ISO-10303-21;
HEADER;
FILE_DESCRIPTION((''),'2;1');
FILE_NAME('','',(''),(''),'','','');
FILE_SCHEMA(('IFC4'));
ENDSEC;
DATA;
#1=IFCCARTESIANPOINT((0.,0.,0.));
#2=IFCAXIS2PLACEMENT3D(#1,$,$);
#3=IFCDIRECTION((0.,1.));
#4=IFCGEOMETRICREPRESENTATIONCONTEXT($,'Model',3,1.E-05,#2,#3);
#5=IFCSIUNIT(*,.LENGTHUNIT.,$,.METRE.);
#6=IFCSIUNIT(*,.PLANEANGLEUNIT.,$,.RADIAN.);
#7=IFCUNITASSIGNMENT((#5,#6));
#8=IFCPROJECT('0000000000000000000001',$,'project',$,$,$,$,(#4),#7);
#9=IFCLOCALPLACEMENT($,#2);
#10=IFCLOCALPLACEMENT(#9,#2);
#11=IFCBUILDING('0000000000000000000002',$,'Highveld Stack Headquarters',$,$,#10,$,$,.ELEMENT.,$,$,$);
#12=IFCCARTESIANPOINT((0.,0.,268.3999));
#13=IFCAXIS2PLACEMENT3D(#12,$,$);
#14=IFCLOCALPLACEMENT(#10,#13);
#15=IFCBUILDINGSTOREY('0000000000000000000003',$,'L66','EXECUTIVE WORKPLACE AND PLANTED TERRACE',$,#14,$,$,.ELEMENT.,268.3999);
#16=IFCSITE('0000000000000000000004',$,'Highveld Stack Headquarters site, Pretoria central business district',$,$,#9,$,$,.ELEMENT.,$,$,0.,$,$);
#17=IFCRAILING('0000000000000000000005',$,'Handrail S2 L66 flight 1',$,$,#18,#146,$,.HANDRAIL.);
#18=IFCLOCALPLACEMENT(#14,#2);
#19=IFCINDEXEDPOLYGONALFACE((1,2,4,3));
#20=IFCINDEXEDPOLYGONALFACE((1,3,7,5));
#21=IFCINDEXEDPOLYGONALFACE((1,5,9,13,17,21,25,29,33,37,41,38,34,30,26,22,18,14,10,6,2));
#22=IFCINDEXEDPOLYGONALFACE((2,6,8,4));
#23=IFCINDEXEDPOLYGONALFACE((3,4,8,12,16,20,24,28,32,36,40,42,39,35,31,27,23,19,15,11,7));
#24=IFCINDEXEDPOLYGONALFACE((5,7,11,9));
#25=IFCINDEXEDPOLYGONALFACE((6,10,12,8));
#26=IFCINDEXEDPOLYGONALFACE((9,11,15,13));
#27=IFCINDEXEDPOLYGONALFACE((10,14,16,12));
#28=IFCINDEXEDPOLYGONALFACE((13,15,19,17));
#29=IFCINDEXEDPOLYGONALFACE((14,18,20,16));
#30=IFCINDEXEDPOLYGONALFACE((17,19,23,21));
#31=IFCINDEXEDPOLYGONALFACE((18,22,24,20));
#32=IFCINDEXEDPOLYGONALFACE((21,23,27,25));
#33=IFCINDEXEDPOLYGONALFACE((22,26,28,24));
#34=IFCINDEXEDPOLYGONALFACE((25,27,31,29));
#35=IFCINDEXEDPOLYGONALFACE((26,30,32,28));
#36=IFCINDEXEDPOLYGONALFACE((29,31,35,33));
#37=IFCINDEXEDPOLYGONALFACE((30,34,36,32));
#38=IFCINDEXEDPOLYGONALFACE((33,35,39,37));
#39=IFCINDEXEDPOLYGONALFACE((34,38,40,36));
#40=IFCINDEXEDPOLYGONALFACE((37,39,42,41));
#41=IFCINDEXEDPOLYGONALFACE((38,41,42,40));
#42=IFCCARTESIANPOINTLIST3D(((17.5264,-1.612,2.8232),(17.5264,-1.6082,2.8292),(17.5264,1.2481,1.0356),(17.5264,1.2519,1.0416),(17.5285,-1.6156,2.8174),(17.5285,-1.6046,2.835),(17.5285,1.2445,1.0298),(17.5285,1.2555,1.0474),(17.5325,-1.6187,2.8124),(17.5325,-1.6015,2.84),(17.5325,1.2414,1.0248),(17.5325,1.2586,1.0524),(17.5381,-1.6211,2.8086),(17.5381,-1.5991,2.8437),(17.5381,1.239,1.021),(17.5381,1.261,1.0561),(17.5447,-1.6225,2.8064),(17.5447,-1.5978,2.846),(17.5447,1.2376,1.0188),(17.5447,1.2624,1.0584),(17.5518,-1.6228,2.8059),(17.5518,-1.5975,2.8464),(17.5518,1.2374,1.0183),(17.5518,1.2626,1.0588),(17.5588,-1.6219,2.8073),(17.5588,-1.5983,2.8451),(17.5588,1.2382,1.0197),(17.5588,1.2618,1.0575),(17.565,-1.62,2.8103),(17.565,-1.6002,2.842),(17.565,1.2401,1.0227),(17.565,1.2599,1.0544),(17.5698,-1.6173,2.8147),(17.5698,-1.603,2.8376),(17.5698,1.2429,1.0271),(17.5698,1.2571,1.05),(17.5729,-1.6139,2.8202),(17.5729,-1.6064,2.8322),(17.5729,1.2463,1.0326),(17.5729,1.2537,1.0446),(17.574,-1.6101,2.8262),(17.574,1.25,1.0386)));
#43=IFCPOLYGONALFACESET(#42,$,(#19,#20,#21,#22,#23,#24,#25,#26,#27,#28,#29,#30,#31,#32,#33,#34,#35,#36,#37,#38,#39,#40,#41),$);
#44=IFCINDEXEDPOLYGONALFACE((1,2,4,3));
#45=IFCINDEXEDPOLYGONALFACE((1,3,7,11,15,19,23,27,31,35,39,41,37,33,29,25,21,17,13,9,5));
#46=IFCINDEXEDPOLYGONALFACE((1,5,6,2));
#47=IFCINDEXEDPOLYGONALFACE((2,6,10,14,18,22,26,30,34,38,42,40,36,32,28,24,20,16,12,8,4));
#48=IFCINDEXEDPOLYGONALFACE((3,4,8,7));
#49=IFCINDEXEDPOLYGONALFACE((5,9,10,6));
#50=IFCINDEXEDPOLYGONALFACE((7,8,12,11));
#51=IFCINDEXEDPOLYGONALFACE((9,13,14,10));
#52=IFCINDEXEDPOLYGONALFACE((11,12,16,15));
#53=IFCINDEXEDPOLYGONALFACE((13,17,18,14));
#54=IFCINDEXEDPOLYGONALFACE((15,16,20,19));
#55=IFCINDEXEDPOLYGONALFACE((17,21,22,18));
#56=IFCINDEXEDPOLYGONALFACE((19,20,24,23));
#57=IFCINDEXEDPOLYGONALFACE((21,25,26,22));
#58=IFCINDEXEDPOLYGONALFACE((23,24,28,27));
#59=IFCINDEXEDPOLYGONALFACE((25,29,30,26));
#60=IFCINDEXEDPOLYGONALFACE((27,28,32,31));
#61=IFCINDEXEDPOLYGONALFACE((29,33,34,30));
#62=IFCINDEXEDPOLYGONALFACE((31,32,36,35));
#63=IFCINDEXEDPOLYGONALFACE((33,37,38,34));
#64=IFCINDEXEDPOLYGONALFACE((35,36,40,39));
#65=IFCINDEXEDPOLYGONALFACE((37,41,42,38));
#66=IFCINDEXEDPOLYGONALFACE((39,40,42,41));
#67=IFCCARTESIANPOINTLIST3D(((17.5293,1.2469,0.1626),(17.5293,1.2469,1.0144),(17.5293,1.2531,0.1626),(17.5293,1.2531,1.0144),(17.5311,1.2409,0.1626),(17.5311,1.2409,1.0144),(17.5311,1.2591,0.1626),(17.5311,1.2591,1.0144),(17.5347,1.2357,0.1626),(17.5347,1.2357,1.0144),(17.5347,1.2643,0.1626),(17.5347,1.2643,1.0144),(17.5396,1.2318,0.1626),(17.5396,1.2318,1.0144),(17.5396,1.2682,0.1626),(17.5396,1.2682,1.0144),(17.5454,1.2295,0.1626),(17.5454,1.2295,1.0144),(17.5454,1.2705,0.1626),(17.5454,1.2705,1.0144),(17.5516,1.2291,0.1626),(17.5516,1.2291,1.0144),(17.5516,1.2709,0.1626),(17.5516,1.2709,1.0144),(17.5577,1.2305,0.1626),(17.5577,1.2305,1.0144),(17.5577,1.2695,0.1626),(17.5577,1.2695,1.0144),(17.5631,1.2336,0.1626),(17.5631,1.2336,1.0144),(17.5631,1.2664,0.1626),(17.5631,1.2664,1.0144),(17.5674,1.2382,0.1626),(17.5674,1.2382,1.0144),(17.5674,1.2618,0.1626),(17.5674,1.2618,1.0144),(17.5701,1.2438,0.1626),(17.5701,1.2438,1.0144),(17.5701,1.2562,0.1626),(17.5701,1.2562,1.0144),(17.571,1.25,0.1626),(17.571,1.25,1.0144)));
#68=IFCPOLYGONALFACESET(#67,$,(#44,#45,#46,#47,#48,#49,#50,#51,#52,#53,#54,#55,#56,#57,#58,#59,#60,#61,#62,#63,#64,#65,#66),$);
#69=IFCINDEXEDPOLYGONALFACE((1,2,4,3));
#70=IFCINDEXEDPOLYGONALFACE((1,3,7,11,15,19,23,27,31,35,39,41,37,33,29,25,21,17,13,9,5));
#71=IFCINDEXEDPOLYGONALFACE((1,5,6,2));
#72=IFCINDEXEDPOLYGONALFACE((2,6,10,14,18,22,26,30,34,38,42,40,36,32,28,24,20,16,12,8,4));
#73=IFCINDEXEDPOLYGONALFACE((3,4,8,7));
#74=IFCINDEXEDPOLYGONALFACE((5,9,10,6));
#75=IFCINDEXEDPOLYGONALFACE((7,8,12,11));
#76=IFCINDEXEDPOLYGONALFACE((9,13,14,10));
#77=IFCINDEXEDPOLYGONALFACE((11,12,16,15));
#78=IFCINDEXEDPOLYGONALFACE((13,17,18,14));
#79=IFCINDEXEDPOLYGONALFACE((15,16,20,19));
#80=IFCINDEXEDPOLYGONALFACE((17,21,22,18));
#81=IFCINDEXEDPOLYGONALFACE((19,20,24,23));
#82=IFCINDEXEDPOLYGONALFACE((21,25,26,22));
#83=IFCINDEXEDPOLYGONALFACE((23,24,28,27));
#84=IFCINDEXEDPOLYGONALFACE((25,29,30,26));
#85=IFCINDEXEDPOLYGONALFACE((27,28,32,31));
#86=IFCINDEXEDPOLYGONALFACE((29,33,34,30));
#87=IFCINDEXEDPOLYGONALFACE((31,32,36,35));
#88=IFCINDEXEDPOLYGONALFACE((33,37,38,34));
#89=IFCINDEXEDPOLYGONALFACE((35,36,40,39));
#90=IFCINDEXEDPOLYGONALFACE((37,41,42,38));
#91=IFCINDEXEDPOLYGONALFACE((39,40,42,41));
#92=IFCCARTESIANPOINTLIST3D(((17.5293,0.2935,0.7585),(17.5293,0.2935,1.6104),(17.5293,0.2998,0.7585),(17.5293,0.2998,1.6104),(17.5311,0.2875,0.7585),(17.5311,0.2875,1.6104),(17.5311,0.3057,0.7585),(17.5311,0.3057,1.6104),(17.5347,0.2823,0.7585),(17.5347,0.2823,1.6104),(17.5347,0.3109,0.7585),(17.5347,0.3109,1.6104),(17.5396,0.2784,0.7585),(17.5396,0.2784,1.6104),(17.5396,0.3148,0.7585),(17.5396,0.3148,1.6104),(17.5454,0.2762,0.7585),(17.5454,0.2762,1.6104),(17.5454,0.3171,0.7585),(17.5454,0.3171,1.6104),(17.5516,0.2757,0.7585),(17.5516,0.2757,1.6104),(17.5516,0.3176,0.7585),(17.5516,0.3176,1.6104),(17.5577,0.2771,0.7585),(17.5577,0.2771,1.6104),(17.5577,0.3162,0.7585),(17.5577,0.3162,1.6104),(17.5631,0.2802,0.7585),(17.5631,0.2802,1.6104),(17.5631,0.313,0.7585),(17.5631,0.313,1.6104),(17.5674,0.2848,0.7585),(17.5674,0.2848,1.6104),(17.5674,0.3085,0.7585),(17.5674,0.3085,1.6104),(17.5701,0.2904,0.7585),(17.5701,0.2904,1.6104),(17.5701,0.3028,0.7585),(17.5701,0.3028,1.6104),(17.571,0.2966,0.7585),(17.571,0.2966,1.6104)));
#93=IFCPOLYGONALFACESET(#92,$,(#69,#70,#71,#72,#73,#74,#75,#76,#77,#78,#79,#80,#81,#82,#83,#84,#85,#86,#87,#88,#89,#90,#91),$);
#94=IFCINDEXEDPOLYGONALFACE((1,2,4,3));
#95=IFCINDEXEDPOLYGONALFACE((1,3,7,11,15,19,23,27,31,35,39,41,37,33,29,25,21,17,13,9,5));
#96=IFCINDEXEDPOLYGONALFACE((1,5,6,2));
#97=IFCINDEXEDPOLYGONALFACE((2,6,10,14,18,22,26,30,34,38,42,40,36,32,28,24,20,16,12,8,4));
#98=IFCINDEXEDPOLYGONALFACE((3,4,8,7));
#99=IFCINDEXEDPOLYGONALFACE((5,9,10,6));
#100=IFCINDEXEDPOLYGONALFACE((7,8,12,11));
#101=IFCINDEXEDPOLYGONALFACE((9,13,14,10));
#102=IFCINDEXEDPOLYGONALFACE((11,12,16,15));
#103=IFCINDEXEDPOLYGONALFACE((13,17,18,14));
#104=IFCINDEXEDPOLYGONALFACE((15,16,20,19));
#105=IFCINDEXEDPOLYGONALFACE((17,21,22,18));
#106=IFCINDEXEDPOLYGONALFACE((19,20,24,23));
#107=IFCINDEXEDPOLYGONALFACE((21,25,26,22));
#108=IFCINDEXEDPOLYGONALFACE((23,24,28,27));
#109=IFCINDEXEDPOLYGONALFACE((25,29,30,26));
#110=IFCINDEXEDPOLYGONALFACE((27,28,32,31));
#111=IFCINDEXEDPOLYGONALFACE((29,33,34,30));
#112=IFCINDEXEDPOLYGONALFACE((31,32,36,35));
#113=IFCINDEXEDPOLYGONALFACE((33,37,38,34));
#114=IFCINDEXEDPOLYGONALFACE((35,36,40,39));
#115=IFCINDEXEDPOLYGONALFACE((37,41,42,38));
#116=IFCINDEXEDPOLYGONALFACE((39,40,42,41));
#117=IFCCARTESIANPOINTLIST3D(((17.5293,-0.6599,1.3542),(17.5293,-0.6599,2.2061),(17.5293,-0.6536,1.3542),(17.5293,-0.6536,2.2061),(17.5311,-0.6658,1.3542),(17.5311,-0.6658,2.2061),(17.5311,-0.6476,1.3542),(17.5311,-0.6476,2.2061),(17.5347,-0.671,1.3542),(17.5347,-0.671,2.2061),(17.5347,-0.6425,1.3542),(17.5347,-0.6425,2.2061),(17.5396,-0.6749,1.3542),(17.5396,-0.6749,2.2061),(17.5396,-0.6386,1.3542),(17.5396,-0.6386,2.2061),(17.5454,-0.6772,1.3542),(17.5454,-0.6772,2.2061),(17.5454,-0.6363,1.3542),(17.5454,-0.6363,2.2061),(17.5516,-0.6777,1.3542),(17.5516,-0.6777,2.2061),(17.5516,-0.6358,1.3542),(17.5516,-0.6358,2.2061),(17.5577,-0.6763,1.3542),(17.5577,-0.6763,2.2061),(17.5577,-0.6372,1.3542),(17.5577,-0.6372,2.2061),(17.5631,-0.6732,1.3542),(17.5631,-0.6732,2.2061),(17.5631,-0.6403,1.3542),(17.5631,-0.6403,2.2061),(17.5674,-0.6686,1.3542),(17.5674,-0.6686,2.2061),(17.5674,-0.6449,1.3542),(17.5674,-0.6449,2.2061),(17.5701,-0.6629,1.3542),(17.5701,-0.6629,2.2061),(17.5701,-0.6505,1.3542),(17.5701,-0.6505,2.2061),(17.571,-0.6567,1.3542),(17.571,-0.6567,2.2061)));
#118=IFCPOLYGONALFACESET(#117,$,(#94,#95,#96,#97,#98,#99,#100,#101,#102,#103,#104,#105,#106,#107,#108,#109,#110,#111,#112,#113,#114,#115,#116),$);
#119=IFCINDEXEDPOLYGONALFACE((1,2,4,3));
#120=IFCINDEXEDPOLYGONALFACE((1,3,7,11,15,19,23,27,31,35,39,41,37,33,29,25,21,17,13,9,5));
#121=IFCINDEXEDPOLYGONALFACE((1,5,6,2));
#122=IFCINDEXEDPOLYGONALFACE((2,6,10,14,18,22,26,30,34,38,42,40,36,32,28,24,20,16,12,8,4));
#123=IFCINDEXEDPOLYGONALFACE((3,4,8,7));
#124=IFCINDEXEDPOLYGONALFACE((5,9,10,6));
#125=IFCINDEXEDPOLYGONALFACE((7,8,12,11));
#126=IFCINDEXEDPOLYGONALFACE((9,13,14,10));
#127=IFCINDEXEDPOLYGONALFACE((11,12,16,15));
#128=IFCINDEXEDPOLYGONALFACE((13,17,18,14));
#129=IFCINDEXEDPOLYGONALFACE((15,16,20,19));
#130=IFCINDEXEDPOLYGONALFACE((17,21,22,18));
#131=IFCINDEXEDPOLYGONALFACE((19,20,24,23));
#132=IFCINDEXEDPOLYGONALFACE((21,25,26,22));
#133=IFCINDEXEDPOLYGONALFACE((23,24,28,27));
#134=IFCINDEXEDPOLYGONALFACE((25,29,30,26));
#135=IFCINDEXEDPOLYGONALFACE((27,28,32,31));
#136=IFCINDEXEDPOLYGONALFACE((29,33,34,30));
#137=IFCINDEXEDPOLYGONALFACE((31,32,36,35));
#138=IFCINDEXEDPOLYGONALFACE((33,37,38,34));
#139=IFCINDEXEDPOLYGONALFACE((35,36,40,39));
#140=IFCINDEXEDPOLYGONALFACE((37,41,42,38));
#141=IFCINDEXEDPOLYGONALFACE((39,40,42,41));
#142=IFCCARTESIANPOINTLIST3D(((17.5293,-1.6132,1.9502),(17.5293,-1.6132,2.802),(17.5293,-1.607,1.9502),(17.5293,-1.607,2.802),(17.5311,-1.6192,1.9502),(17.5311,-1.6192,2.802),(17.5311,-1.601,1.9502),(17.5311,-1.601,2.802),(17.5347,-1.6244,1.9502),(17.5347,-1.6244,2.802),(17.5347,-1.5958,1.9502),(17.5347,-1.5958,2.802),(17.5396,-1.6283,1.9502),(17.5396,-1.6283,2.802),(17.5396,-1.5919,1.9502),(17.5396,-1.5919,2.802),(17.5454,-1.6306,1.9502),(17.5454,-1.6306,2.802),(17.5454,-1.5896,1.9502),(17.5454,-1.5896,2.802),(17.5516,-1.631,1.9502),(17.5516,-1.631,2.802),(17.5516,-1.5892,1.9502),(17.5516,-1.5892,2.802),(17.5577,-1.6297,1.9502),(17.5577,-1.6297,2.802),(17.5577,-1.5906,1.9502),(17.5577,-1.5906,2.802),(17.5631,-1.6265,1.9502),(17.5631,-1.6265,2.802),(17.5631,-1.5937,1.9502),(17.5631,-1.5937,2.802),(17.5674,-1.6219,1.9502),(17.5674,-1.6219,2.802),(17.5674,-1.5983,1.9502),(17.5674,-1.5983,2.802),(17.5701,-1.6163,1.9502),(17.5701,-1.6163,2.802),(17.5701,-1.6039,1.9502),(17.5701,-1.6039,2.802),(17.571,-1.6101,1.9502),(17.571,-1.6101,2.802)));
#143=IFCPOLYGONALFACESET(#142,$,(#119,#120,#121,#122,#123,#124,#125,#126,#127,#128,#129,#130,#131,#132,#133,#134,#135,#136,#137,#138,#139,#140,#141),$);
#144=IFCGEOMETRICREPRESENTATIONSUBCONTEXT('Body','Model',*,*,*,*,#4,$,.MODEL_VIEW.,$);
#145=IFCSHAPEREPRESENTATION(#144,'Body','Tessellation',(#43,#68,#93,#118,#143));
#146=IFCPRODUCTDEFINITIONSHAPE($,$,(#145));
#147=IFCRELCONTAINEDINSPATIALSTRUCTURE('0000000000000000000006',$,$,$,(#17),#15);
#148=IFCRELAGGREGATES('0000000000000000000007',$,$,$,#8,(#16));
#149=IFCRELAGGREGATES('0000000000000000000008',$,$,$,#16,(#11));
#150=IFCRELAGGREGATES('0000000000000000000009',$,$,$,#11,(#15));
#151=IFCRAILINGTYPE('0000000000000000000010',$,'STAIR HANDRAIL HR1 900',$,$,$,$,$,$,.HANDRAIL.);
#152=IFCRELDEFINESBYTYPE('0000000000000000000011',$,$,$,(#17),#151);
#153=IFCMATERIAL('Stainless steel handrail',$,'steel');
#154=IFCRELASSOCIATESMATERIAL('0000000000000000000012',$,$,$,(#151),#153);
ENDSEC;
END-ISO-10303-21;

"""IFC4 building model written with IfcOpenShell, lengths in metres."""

from ifc_helpers import new_model, si_unit, direction, frame, origin, origin_2d, place, context, subcontext, project, spatial, circle, extrude, material, type_object, element, save


model = new_model("IFC4")

# Units and contexts
model_context = context("Model", 3, precision=1e-05, world=origin(), true_north=direction((0.0, 1.0)))
body_context = subcontext(model_context, "Body", "Model", "MODEL_VIEW")
ifc_project = project(units=[si_unit("LENGTHUNIT", "METRE"), si_unit("PLANEANGLEUNIT", "RADIAN")], contexts=[model_context])

# Site, building, storey
site_placement = place(None, origin())
site = spatial("IfcSite", under=ifc_project, at=site_placement, Name="Highveld Stack Headquarters site, Pretoria central business district", CompositionType="ELEMENT", RefElevation=0.0)
building_placement = place(site_placement, origin())
building = spatial("IfcBuilding", under=site, at=building_placement, Name="Highveld Stack Headquarters", CompositionType="ELEMENT")
storey_placement = place(building_placement, frame((0.0, 0.0, 268.3999)))
storey = spatial("IfcBuildingStorey", under=building, at=storey_placement, Name="L66", Description="EXECUTIVE WORKPLACE AND PLANTED TERRACE", CompositionType="ELEMENT", Elevation=268.3999)

# Railing
ifc_material_1 = material(Name="Stainless steel handrail", Category="steel")
railing_type = type_object("IfcRailingType", Name="STAIR HANDRAIL HR1 900", PredefinedType="HANDRAIL", material=ifc_material_1)
for number, where, name in (
    (1, (17.55, 1.25, 0.1626), "Handrail S2 L66 flight 1"),
):
    element("IfcRailing", number, at=place(storey_placement, frame(where)), inside=storey, type_object=railing_type, Name=name, PredefinedType="HANDRAIL", context=body_context, shape_type="SweptSolid", body=[
        extrude(circle(Radius=0.0239, at=origin_2d()), frame((0.0, 0.0, 0.876), z_axis=(0.0, -0.847994, 0.530005), x_axis=(1.0, 0.0, 0.0)), (0.0, 0.0, 1.0), 3.3728),
        extrude(circle(Radius=0.021, at=origin_2d()), origin(), (0.0, 0.0, 1.0), 0.8518),
        extrude(circle(Radius=0.021, at=origin_2d()), frame((0.0, -0.9534, 0.5959)), (0.0, 0.0, 1.0), 0.8518),
        extrude(circle(Radius=0.021, at=origin_2d()), frame((0.0, -1.9067, 1.1917)), (0.0, 0.0, 1.0), 0.8518),
        extrude(circle(Radius=0.021, at=origin_2d()), frame((0.0, -2.8601, 1.7876)), (0.0, 0.0, 1.0), 0.8518),
    ])

save(model, "model.ifc")
